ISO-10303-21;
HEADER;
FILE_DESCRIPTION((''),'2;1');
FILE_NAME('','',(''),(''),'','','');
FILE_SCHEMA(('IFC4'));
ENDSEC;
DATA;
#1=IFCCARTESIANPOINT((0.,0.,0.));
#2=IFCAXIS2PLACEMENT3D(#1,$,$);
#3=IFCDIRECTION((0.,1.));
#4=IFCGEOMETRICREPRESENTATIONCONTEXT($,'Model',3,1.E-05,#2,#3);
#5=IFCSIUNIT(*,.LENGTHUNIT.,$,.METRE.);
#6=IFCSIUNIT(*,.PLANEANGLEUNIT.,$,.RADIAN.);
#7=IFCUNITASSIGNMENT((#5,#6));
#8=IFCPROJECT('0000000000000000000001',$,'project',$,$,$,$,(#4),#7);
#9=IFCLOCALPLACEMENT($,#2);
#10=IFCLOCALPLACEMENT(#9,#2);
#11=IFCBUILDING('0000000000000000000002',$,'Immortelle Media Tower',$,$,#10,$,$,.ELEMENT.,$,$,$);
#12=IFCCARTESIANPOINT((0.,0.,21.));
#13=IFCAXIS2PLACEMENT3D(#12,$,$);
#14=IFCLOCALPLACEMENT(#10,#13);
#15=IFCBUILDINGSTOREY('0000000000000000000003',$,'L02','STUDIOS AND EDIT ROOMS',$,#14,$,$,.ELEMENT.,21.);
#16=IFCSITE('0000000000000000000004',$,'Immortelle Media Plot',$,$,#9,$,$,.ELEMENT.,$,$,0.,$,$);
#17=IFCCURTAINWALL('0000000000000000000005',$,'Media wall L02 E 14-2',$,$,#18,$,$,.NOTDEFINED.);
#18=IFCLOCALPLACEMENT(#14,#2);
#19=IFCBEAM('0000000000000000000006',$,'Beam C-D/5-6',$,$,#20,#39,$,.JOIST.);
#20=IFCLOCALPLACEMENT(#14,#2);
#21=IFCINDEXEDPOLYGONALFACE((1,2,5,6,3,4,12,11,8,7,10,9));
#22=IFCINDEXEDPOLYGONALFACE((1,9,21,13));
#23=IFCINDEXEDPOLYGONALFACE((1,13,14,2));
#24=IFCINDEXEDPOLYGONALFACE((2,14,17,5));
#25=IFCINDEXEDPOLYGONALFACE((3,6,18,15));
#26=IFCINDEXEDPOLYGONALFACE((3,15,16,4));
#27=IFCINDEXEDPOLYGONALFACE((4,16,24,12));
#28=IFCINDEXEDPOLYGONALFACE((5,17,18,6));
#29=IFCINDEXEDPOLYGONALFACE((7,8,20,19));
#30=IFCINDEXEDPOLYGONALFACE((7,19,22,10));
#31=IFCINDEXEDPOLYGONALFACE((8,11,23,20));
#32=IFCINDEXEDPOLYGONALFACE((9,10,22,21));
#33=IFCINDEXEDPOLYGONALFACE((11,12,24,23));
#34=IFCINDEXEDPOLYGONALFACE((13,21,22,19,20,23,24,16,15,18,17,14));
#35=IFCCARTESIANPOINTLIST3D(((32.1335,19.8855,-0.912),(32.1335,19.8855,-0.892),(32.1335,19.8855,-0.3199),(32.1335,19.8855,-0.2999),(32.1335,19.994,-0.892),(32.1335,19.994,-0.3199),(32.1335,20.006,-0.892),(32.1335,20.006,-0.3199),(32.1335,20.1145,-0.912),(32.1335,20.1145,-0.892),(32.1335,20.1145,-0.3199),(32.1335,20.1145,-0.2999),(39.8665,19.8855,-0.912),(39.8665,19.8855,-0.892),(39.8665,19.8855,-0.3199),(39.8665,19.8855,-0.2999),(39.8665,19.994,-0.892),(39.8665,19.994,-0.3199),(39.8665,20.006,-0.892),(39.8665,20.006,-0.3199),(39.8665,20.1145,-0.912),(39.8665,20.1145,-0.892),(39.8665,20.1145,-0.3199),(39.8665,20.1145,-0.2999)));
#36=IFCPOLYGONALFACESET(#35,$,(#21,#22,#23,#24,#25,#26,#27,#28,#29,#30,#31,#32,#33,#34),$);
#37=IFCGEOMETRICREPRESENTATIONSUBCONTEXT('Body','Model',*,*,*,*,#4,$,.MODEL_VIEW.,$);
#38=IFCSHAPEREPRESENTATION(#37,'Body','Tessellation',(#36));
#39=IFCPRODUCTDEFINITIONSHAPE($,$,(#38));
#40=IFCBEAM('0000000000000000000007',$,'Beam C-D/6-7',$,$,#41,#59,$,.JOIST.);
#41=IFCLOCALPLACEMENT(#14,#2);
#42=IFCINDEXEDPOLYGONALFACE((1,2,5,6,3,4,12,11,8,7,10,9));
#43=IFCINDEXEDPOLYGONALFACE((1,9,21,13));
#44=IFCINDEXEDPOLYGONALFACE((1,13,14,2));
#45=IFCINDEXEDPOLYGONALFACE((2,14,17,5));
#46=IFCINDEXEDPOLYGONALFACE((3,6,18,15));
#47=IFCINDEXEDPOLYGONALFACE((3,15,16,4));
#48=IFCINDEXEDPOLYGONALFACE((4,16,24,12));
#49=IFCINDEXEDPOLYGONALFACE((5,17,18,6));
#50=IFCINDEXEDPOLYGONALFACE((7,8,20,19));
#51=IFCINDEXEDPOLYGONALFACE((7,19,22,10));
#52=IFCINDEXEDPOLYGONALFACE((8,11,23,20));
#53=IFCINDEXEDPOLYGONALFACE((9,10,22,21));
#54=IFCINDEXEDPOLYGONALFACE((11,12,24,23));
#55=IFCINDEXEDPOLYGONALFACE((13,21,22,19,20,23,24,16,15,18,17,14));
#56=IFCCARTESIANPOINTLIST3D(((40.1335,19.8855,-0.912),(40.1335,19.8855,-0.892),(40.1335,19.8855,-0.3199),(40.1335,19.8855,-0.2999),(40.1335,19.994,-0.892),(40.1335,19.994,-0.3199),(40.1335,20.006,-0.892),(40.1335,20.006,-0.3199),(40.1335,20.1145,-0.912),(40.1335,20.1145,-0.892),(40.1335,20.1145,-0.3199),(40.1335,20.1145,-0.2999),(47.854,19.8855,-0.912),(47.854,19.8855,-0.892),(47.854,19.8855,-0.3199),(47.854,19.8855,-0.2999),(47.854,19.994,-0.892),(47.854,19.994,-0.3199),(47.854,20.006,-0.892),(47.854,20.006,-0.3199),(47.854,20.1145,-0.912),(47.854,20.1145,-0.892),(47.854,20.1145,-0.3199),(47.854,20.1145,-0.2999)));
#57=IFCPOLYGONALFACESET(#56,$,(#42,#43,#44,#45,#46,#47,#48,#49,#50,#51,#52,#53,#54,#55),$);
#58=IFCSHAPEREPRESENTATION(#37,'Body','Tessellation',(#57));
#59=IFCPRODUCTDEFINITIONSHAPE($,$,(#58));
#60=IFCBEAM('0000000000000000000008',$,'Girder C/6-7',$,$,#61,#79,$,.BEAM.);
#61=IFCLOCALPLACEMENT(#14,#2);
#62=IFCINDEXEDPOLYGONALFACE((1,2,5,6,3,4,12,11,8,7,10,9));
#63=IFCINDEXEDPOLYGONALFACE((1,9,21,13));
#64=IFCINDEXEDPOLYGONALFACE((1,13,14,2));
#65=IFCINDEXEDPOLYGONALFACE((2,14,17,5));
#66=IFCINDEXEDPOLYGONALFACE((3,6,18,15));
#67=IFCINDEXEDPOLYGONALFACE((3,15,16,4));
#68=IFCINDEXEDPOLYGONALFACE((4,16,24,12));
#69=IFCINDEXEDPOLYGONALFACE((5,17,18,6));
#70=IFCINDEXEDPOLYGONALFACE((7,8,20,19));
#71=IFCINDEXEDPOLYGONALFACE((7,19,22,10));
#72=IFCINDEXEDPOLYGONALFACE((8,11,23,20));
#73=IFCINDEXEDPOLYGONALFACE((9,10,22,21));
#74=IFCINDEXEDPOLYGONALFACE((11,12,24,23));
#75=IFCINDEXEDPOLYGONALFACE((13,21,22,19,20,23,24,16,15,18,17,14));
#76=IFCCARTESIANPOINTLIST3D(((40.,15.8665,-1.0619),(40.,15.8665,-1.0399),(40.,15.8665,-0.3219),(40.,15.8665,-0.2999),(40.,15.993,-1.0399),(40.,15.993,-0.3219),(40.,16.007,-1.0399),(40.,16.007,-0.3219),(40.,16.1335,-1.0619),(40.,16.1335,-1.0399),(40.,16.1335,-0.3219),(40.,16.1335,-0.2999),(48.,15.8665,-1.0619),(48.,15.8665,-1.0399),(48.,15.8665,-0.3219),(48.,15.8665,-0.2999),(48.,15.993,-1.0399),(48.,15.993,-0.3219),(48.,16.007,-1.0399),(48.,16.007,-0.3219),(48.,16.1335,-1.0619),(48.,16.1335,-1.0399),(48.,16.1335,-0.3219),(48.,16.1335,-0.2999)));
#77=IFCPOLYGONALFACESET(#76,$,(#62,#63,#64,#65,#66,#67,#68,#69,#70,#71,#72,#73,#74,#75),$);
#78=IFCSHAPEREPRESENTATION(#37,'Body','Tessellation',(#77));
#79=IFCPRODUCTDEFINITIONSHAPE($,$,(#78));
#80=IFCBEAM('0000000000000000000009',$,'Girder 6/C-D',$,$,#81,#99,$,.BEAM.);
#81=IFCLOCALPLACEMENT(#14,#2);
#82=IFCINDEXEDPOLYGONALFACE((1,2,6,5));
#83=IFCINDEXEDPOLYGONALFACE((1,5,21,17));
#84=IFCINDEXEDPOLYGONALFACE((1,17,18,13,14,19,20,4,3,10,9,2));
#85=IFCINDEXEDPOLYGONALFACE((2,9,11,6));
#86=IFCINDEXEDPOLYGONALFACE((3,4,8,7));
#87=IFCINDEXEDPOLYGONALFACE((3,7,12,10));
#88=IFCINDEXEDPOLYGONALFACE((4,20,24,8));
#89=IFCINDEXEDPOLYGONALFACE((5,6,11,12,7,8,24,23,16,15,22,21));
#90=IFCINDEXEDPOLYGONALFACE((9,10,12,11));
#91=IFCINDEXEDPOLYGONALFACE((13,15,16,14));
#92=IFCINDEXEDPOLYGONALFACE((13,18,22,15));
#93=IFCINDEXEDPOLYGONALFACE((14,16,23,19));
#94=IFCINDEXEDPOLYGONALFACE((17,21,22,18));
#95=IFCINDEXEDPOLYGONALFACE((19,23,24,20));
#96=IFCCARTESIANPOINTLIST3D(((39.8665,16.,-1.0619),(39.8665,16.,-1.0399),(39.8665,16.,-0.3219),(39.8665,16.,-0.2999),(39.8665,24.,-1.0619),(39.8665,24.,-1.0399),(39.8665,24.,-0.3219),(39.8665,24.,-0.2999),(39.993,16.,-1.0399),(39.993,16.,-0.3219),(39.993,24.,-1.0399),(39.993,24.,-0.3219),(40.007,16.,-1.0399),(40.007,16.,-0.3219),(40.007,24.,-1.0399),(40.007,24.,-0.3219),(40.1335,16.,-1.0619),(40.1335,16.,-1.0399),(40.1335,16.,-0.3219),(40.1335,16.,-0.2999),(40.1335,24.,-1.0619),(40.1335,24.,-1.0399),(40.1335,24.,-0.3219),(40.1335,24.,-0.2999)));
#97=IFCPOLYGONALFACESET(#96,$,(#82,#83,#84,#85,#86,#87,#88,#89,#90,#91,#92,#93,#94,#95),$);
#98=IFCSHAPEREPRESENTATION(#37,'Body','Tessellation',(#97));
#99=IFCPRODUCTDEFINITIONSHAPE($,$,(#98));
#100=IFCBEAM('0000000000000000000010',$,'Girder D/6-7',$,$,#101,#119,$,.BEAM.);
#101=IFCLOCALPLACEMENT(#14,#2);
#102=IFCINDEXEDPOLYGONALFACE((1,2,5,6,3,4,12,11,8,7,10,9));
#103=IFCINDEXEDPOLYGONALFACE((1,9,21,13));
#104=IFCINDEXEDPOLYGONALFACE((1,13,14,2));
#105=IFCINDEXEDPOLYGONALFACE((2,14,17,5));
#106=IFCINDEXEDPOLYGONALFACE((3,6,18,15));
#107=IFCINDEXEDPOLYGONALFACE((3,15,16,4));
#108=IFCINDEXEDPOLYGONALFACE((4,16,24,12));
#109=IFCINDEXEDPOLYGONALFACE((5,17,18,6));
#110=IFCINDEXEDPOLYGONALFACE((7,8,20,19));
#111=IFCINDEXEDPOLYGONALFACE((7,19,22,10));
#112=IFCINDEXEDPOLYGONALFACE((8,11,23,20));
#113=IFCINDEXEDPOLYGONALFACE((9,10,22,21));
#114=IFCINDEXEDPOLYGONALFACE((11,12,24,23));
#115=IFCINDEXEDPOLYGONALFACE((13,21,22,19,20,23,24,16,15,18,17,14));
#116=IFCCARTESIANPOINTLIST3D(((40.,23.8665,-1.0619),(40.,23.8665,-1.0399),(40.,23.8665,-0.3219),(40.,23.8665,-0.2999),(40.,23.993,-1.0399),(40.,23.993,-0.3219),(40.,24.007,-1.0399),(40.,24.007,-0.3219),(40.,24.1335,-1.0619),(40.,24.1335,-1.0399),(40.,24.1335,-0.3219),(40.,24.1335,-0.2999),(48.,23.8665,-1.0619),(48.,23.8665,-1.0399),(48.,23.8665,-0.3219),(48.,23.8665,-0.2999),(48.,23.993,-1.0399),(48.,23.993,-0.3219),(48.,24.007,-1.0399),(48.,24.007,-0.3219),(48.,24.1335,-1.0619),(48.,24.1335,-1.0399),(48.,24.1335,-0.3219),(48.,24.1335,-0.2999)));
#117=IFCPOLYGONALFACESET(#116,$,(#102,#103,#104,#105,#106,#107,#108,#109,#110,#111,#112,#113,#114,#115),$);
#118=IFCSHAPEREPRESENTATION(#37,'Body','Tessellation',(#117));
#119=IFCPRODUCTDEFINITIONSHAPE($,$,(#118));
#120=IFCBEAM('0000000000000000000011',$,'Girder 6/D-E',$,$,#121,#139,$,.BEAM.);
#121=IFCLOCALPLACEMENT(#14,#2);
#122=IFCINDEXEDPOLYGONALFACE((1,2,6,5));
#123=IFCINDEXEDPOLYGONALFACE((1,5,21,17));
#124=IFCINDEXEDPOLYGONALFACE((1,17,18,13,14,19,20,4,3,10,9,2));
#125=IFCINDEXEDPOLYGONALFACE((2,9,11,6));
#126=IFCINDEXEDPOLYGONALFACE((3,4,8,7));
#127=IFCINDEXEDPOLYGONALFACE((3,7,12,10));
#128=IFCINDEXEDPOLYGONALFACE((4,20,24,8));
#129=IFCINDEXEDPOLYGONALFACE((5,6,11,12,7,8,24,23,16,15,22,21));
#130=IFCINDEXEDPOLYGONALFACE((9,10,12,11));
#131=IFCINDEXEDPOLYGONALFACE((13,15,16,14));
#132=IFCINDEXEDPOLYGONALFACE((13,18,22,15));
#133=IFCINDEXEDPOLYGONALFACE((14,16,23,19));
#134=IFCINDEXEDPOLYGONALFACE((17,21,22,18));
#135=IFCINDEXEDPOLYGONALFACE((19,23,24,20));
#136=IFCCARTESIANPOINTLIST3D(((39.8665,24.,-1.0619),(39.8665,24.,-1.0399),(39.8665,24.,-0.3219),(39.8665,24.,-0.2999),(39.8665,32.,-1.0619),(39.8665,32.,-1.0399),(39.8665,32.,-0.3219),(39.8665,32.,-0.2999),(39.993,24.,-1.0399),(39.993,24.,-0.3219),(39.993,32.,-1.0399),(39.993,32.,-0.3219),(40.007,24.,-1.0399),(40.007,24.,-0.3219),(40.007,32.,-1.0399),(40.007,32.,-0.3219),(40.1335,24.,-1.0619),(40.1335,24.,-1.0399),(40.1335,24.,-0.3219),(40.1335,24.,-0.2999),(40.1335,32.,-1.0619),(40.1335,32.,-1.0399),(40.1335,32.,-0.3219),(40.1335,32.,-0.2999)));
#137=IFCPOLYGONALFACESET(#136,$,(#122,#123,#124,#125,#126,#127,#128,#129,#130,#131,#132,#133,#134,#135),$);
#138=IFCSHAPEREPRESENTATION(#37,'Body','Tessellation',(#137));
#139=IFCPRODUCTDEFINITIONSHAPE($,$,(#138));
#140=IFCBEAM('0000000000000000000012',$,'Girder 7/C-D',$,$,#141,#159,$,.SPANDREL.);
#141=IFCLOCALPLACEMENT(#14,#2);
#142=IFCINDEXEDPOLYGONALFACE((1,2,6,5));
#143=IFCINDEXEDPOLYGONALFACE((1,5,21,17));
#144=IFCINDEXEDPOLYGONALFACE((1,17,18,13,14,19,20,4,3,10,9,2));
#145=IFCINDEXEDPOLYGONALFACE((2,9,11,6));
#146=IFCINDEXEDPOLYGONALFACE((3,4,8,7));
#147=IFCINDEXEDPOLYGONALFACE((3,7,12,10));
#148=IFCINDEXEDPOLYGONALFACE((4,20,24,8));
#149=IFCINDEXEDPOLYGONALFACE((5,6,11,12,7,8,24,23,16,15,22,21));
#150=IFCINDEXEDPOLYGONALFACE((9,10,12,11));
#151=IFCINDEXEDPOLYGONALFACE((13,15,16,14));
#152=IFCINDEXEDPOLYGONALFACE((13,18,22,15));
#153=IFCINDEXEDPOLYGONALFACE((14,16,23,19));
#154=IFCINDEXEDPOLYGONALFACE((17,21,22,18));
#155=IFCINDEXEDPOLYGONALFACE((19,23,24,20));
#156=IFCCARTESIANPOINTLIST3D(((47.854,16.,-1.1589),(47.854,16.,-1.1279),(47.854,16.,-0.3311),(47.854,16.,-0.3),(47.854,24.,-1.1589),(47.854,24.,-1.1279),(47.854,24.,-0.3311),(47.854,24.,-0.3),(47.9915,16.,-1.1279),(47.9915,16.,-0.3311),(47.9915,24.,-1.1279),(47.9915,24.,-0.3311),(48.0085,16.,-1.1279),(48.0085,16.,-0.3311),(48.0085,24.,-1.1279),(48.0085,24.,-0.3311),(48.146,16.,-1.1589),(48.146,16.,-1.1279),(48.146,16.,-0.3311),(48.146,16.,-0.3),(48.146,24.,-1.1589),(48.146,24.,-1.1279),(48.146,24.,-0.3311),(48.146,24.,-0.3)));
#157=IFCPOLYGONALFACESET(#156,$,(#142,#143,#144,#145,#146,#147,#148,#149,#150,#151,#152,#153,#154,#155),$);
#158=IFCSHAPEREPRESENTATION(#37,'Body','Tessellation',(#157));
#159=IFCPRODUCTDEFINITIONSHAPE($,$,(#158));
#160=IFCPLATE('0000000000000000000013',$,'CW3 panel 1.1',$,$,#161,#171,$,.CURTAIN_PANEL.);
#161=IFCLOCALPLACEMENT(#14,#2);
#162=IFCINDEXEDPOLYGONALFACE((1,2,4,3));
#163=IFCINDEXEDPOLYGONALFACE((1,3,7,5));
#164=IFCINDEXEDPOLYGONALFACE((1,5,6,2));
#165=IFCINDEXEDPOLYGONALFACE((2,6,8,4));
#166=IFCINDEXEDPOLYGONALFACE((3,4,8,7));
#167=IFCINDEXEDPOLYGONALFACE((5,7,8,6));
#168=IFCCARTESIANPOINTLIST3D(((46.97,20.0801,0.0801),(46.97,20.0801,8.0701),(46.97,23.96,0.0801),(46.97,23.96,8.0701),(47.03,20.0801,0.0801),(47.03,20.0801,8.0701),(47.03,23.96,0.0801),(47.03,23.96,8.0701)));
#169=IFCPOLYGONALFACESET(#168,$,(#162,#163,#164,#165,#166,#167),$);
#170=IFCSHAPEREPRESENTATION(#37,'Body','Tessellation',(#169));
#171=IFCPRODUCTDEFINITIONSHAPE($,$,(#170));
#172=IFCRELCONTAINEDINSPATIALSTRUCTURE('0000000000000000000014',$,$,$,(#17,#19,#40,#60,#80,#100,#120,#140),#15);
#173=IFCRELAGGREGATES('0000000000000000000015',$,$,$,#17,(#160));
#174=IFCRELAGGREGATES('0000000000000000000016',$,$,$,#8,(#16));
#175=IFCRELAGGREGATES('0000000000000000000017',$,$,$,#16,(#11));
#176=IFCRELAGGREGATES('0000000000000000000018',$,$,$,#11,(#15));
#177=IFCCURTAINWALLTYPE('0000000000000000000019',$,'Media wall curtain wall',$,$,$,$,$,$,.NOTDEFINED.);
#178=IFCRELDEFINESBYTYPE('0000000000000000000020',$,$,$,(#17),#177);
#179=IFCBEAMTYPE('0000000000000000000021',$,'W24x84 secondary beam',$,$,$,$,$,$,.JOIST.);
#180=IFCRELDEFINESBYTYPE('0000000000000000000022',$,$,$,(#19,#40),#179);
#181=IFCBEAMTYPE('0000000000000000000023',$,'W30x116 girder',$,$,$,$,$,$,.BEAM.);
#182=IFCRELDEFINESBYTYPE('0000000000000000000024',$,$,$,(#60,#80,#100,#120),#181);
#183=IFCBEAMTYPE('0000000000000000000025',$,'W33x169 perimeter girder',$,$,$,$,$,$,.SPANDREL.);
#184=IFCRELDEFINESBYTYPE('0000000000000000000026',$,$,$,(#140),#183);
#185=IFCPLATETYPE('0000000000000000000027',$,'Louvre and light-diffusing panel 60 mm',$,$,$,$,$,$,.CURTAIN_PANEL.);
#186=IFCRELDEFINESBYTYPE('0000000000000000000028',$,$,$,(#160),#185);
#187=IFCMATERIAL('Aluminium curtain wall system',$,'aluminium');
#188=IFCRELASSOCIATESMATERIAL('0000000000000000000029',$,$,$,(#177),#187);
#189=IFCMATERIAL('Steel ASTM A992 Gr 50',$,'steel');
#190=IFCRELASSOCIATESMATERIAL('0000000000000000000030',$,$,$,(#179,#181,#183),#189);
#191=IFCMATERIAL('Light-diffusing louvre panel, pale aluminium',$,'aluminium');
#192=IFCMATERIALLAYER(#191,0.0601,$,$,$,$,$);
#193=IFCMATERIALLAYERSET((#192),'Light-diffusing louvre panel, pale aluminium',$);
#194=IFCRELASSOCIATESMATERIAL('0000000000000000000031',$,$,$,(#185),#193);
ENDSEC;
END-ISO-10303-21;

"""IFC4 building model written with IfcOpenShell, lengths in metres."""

from ifc_helpers import new_model, si_unit, direction, frame, origin, origin_2d, place, context, subcontext, project, spatial, rectangle, i_section, extrude, material, layer, layer_set, material_profile, profile_set, type_object, element, aggregate, save


model = new_model("IFC4")

# Units and contexts
model_context = context("Model", 3, precision=1e-05, world=origin(), true_north=direction((0.0, 1.0)))
body_context = subcontext(model_context, "Body", "Model", "MODEL_VIEW")
ifc_project = project(units=[si_unit("LENGTHUNIT", "METRE"), si_unit("PLANEANGLEUNIT", "RADIAN")], contexts=[model_context])

# Site, building, storey
site_placement = place(None, origin())
site = spatial("IfcSite", under=ifc_project, at=site_placement, Name="Immortelle Media Plot", CompositionType="ELEMENT", RefElevation=0.0)
building_placement = place(site_placement, origin())
building = spatial("IfcBuilding", under=site, at=building_placement, Name="Immortelle Media Tower", CompositionType="ELEMENT")
storey_placement = place(building_placement, frame((0.0, 0.0, 21.0)))
storey = spatial("IfcBuildingStorey", under=building, at=storey_placement, Name="L02", Description="STUDIOS AND EDIT ROOMS", CompositionType="ELEMENT", Elevation=21.0)

# Shared definitions
ifc_material_1 = material(Name="Steel ASTM A992 Gr 50", Category="steel")

# Curtain wall
ifc_material_2 = material(Name="Aluminium curtain wall system", Category="aluminium")
curtain_wall_type = type_object("IfcCurtainWallType", Name="Media wall curtain wall", PredefinedType="NOTDEFINED", material=ifc_material_2)
curtain_wall_placement = place(storey_placement, origin())
curtain_wall = element("IfcCurtainWall", 1, at=curtain_wall_placement, inside=storey, type_object=curtain_wall_type, Name="Media wall L02 E 14-2", PredefinedType="NOTDEFINED")

# Beams
ifc_material_profile_1 = material_profile(ifc_material_1, i_section(OverallWidth=0.229, OverallDepth=0.6121, WebThickness=0.012, FlangeThickness=0.02, at=origin_2d()), Name="W24x84")
ifc_profile_set_1 = profile_set([ifc_material_profile_1], Name="Steel ASTM A992 Gr 50")
beam_type_1 = type_object("IfcBeamType", Name="W24x84 secondary beam", PredefinedType="JOIST", material=ifc_profile_set_1)
beam_1_placement = place(storey_placement, frame((32.1335, 20.0, -0.606), z_axis=(1.0, 0.0, 0.0), x_axis=(0.0, 1.0, 0.0)))
element("IfcBeam", 2, at=beam_1_placement, inside=storey, type_object=beam_type_1, Name="Beam C-D/5-6", PredefinedType="JOIST", context=body_context, shape_type="SweptSolid", body=[
    extrude(i_section(OverallWidth=0.229, OverallDepth=0.6121, WebThickness=0.012, FlangeThickness=0.02, at=origin_2d()), origin(), (0.0, 0.0, 1.0), 7.7329),
])
beam_2_placement = place(storey_placement, frame((40.1335, 20.0, -0.606), z_axis=(1.0, 0.0, 0.0), x_axis=(0.0, 1.0, 0.0)))
element("IfcBeam", 3, at=beam_2_placement, inside=storey, type_object=beam_type_1, Name="Beam C-D/6-7", PredefinedType="JOIST", context=body_context, shape_type="SweptSolid", body=[
    extrude(i_section(OverallWidth=0.229, OverallDepth=0.6121, WebThickness=0.012, FlangeThickness=0.02, at=origin_2d()), origin(), (0.0, 0.0, 1.0), 7.7205),
])
ifc_material_profile_2 = material_profile(ifc_material_1, i_section(OverallWidth=0.2671, OverallDepth=0.762, WebThickness=0.0139, FlangeThickness=0.022, at=origin_2d()), Name="W30x116")
ifc_profile_set_2 = profile_set([ifc_material_profile_2], Name="Steel ASTM A992 Gr 50")
beam_type_2 = type_object("IfcBeamType", Name="W30x116 girder", PredefinedType="BEAM", material=ifc_profile_set_2)
for number, where, z_axis, x_axis, name in (
    (4, (40.0, 16.0, -0.6809), (1.0, 0.0, 0.0), (0.0, 1.0, 0.0), "Girder C/6-7"),
    (5, (40.0, 16.0, -0.6809), (0.0, 1.0, 0.0), (-1.0, 0.0, 0.0), "Girder 6/C-D"),
    (6, (40.0, 24.0, -0.6809), (1.0, 0.0, 0.0), (0.0, 1.0, 0.0), "Girder D/6-7"),
    (7, (40.0, 24.0, -0.6809), (0.0, 1.0, 0.0), (-1.0, 0.0, 0.0), "Girder 6/D-E"),
):
    element("IfcBeam", number, at=place(storey_placement, frame(where, z_axis=z_axis, x_axis=x_axis)), inside=storey, type_object=beam_type_2, Name=name, PredefinedType="BEAM", context=body_context, shape_type="SweptSolid", body=[
        extrude(i_section(OverallWidth=0.2671, OverallDepth=0.762, WebThickness=0.0139, FlangeThickness=0.022, at=origin_2d()), origin(), (0.0, 0.0, 1.0), 8.0),
    ])
ifc_material_profile_3 = material_profile(ifc_material_1, i_section(OverallWidth=0.292, OverallDepth=0.8589, WebThickness=0.0171, FlangeThickness=0.031, at=origin_2d()), Name="W33x169")
ifc_profile_set_3 = profile_set([ifc_material_profile_3], Name="Steel ASTM A992 Gr 50")
beam_type_3 = type_object("IfcBeamType", Name="W33x169 perimeter girder", PredefinedType="SPANDREL", material=ifc_profile_set_3)
beam_3_placement = place(storey_placement, frame((48.0, 16.0, -0.7295), z_axis=(0.0, 1.0, 0.0), x_axis=(-1.0, 0.0, 0.0)))
element("IfcBeam", 8, at=beam_3_placement, inside=storey, type_object=beam_type_3, Name="Girder 7/C-D", PredefinedType="SPANDREL", context=body_context, shape_type="SweptSolid", body=[
    extrude(i_section(OverallWidth=0.292, OverallDepth=0.8589, WebThickness=0.0171, FlangeThickness=0.031, at=origin_2d()), origin(), (0.0, 0.0, 1.0), 8.0),
])

# Plate
ifc_material_3 = material(Name="Light-diffusing louvre panel, pale aluminium", Category="aluminium")
ifc_layer_1 = layer(ifc_material_3, 0.0601)
ifc_layer_set_1 = layer_set([ifc_layer_1], Name="Light-diffusing louvre panel, pale aluminium")
plate_type = type_object("IfcPlateType", Name="Louvre and light-diffusing panel 60 mm", PredefinedType="CURTAIN_PANEL", material=ifc_layer_set_1)
plate_placement = place(storey_placement, frame((47.0, 22.02, 0.0801), z_axis=(0.0, 0.0, 1.0), x_axis=(0.0, 1.0, 0.0)))
plate = element("IfcPlate", 9, at=plate_placement, type_object=plate_type, Name="CW3 panel 1.1", PredefinedType="CURTAIN_PANEL", context=body_context, shape_type="SweptSolid", body=[
    extrude(rectangle(XDim=3.8799, YDim=0.0601, at=origin_2d()), origin(), (0.0, 0.0, 1.0), 7.99),
])
aggregate(curtain_wall, [plate])

save(model, "model.ifc")
